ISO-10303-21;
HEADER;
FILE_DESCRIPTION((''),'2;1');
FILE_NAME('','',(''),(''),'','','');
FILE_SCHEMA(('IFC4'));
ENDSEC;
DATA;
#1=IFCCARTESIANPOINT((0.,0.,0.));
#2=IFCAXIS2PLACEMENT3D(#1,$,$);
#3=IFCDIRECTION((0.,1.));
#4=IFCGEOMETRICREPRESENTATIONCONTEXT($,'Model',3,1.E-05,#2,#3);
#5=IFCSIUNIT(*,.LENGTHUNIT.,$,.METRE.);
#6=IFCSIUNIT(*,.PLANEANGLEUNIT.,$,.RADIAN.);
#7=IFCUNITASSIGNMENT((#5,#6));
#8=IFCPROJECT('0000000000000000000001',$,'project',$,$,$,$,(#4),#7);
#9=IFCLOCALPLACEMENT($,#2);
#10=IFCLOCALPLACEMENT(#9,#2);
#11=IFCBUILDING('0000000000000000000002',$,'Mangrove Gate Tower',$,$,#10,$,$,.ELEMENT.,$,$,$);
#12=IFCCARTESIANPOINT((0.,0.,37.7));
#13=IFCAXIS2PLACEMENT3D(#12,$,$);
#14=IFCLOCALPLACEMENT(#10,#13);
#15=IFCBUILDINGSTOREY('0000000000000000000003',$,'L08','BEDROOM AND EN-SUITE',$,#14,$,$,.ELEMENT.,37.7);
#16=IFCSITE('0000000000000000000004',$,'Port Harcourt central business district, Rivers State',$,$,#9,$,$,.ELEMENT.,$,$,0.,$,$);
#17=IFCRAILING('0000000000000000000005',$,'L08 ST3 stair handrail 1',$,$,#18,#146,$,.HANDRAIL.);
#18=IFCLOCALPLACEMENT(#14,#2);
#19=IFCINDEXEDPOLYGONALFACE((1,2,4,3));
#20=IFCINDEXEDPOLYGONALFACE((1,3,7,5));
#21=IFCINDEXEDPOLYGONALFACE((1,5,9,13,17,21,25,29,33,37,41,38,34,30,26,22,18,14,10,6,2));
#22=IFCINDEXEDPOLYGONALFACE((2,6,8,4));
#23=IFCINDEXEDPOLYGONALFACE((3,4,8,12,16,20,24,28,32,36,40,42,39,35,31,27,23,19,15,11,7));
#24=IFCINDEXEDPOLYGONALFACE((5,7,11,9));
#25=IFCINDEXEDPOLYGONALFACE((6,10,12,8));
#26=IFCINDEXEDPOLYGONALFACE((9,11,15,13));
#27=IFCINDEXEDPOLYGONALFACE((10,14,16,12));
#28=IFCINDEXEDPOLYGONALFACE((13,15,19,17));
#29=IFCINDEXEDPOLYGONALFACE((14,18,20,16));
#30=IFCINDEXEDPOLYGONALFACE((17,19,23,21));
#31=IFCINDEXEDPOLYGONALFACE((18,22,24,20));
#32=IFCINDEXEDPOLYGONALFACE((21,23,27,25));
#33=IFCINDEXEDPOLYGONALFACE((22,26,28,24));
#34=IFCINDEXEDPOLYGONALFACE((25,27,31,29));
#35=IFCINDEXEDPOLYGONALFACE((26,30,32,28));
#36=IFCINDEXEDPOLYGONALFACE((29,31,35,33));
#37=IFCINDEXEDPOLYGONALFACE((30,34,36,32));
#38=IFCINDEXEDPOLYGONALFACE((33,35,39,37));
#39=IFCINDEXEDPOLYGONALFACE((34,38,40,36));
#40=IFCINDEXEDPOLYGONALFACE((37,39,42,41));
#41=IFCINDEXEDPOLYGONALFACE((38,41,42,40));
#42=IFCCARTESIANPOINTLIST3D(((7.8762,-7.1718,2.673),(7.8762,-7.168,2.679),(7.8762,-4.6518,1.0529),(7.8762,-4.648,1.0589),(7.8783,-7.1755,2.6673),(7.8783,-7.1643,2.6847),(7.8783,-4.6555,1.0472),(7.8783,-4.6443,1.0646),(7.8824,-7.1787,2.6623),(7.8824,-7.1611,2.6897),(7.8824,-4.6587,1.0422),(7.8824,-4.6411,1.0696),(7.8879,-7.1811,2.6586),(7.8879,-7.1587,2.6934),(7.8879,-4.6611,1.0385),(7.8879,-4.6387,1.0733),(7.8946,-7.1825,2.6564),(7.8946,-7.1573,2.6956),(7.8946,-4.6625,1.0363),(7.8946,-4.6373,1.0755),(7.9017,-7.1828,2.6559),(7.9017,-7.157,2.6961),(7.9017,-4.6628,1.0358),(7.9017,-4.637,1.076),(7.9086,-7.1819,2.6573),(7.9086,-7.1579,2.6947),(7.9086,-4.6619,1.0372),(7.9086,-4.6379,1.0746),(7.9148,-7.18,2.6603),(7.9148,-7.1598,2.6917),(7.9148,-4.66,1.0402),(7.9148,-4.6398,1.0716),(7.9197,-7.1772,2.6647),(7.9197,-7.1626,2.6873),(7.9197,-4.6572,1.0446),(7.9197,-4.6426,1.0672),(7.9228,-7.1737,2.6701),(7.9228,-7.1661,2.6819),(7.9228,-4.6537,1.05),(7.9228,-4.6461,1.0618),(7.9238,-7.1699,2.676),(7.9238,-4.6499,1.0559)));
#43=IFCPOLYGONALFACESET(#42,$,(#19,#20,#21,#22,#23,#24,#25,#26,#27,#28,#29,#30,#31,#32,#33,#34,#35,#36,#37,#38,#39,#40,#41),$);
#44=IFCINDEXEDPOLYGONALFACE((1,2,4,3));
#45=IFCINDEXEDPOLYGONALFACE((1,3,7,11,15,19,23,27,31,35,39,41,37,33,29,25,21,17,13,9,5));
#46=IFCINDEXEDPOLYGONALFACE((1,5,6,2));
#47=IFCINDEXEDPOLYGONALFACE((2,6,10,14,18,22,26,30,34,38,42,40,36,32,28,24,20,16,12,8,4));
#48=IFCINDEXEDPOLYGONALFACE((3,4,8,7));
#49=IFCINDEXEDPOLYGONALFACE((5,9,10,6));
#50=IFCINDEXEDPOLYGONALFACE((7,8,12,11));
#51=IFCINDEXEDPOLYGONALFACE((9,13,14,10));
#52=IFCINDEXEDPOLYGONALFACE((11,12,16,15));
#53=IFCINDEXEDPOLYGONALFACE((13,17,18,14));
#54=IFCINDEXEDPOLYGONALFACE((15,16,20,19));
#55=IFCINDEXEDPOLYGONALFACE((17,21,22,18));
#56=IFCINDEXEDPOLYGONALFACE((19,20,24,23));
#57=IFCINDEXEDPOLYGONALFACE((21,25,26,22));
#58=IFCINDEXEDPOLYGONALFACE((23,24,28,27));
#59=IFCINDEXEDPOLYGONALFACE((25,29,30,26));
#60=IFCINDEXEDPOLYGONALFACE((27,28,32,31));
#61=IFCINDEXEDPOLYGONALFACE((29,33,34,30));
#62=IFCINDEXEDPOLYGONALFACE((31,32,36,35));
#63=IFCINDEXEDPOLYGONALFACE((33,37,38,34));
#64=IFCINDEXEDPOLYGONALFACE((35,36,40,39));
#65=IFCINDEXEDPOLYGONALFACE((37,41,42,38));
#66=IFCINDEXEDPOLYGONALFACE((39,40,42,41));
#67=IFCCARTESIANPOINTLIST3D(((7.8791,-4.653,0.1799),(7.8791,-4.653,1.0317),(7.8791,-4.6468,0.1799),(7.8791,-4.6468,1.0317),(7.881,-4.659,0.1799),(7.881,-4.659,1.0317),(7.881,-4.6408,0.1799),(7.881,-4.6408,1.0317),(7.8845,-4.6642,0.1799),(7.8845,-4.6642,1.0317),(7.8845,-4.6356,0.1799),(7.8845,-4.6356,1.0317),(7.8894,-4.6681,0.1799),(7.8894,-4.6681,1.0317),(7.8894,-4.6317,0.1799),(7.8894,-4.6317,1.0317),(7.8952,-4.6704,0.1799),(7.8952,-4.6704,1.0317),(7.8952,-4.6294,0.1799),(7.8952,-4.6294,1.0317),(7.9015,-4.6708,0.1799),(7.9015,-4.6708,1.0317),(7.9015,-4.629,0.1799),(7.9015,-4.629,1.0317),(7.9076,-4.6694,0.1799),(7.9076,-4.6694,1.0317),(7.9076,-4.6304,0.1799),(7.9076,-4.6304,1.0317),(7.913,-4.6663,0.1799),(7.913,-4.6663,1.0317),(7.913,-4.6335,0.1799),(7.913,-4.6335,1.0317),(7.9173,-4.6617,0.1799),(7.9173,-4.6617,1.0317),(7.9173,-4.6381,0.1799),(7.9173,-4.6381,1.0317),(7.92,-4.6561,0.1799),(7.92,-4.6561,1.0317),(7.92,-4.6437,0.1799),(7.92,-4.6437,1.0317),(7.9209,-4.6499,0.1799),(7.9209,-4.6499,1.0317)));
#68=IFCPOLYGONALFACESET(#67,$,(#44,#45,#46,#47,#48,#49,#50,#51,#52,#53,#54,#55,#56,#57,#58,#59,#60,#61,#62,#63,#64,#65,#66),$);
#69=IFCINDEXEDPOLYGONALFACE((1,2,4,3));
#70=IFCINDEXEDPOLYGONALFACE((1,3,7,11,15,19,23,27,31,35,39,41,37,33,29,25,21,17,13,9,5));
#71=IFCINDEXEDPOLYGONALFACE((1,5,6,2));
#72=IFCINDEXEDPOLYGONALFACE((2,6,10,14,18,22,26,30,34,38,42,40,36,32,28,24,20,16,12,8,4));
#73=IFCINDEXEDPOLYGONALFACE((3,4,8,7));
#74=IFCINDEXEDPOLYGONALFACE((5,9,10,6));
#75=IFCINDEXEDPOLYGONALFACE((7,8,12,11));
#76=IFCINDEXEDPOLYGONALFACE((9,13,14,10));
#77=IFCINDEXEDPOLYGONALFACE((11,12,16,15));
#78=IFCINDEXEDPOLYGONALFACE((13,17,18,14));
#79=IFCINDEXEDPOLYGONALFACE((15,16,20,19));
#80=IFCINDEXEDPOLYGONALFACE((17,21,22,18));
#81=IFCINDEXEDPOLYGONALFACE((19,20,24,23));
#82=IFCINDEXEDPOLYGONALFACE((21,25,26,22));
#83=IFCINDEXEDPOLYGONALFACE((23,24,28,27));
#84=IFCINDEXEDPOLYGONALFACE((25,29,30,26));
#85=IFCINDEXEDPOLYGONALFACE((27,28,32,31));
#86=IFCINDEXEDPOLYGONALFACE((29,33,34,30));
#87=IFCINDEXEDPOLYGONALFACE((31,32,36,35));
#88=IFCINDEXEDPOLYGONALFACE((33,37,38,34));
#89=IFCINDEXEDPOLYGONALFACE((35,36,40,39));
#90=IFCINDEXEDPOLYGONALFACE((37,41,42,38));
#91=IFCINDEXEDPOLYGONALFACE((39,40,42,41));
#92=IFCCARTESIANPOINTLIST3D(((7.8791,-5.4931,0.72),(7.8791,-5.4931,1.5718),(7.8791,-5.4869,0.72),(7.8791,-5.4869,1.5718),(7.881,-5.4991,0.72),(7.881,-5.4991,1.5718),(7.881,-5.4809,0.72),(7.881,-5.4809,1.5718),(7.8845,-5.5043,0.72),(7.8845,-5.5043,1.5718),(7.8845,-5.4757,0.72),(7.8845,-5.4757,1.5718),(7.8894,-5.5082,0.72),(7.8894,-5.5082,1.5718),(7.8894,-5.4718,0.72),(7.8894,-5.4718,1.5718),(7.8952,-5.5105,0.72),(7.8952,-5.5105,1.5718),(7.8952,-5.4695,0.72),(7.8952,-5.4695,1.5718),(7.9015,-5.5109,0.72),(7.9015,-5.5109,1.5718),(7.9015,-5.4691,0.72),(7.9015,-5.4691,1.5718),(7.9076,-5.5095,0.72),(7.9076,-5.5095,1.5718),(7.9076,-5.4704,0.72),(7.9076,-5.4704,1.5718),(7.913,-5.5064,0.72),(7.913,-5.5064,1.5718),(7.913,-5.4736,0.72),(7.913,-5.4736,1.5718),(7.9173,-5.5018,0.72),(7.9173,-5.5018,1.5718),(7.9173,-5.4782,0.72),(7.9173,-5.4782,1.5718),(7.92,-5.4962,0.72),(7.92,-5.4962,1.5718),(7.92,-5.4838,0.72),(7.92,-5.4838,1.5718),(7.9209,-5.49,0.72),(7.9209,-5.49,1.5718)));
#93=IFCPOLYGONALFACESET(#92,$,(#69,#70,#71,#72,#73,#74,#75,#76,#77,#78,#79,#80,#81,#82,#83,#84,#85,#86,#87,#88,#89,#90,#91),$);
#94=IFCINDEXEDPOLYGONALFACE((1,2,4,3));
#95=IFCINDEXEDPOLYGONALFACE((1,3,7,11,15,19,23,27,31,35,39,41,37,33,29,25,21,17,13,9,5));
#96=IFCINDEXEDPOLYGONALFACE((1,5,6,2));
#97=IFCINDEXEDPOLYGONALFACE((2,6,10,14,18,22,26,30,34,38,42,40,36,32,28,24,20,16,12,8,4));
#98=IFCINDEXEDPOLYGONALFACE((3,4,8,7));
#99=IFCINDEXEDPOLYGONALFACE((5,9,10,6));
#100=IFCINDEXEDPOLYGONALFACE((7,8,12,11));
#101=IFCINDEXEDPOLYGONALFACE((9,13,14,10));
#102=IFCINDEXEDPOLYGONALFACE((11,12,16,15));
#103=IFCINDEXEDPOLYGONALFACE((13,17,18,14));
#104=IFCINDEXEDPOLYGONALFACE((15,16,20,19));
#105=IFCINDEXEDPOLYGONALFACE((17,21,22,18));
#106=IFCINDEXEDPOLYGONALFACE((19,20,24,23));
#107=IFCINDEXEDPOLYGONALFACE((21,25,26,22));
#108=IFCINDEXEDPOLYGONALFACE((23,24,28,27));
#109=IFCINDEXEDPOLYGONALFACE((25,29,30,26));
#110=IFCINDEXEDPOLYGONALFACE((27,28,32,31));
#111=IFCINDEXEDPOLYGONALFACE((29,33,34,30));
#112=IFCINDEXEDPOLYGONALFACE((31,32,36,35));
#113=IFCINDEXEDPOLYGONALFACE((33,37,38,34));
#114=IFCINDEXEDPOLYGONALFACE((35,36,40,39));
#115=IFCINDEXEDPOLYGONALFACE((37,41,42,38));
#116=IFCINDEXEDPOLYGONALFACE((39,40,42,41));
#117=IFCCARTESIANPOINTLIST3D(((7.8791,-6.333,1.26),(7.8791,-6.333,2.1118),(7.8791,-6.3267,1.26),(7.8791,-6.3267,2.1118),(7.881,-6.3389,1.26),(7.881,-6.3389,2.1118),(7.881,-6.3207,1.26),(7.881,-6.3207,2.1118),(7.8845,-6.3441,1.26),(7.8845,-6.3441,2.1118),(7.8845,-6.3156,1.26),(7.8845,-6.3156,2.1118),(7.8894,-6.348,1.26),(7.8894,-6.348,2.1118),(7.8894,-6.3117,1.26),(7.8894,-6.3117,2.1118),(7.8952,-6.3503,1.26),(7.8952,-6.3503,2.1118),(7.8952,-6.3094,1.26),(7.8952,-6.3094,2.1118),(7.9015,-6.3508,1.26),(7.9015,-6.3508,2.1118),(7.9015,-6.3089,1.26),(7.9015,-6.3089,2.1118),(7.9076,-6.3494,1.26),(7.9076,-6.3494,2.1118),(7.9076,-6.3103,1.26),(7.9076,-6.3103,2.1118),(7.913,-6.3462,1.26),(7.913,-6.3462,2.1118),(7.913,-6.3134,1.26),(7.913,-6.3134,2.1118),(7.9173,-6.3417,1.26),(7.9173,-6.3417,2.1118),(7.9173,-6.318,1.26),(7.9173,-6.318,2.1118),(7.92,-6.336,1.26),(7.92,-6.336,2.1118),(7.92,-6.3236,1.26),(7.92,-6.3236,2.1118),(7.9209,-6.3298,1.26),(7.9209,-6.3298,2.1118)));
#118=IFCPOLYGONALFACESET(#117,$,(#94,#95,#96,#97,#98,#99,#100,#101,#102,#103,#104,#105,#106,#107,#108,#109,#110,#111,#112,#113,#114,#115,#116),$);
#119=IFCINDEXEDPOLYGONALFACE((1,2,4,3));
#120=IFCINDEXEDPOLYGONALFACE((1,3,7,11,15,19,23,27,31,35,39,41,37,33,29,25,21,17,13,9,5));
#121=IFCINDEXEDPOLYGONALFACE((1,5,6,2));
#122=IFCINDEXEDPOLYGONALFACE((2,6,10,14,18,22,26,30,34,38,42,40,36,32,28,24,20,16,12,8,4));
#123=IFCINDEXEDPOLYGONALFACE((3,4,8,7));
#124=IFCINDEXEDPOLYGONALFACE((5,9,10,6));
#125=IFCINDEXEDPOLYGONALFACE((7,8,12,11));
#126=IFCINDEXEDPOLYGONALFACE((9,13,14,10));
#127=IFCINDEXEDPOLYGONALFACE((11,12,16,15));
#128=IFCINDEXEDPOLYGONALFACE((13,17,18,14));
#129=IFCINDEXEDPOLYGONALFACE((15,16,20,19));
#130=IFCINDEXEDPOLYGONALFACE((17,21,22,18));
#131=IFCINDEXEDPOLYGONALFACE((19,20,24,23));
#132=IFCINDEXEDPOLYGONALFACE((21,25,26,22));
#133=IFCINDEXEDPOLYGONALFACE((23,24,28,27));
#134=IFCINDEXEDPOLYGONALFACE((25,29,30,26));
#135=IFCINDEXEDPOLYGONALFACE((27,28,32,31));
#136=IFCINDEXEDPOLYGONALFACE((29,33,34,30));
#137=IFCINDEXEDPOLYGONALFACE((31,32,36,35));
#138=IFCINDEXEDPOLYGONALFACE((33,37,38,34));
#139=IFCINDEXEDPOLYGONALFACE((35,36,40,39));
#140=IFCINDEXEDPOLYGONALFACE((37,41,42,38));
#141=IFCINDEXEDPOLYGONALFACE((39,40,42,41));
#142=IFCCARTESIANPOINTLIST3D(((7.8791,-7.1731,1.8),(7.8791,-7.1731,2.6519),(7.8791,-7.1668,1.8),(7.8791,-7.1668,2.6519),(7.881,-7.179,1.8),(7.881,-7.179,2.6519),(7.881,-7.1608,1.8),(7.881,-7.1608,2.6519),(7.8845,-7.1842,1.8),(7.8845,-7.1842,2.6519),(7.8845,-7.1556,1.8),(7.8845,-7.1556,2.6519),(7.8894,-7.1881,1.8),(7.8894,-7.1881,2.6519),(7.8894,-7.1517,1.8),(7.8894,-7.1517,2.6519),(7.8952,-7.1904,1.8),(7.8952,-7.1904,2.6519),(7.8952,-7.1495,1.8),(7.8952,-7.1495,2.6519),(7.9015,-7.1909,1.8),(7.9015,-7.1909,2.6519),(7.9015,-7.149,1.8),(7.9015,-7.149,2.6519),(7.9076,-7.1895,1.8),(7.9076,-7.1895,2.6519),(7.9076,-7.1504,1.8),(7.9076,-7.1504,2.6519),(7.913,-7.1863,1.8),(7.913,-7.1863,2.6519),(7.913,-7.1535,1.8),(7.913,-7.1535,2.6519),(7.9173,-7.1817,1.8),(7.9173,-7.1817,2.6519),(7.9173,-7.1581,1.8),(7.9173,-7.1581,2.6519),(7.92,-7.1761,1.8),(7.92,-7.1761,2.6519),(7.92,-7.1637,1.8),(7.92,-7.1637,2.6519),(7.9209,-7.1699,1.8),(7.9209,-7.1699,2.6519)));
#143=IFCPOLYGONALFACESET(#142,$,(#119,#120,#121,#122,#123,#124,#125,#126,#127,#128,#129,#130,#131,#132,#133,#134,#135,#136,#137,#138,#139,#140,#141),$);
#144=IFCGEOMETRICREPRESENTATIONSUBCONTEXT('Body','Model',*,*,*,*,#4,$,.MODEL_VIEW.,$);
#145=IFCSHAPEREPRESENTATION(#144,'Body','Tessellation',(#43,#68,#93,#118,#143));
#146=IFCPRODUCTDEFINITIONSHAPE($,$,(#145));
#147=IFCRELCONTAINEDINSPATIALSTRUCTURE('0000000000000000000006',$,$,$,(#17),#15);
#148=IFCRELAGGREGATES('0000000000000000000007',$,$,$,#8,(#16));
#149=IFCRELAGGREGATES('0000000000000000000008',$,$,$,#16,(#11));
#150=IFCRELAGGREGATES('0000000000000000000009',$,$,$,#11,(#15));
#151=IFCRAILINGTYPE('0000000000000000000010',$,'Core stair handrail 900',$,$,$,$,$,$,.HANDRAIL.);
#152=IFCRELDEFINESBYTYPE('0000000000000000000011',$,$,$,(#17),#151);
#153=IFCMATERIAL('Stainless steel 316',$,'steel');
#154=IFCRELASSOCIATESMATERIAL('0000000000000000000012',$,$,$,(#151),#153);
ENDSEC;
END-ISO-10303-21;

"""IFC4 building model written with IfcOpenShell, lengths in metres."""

from ifc_helpers import new_model, si_unit, direction, frame, origin, origin_2d, place, context, subcontext, project, spatial, circle, extrude, material, type_object, element, save


model = new_model("IFC4")

# Units and contexts
model_context = context("Model", 3, precision=1e-05, world=origin(), true_north=direction((0.0, 1.0)))
body_context = subcontext(model_context, "Body", "Model", "MODEL_VIEW")
ifc_project = project(units=[si_unit("LENGTHUNIT", "METRE"), si_unit("PLANEANGLEUNIT", "RADIAN")], contexts=[model_context])

# Site, building, storey
site_placement = place(None, origin())
site = spatial("IfcSite", under=ifc_project, at=site_placement, Name="Port Harcourt central business district, Rivers State", CompositionType="ELEMENT", RefElevation=0.0)
building_placement = place(site_placement, origin())
building = spatial("IfcBuilding", under=site, at=building_placement, Name="Mangrove Gate Tower", CompositionType="ELEMENT")
storey_placement = place(building_placement, frame((0.0, 0.0, 37.7)))
storey = spatial("IfcBuildingStorey", under=building, at=storey_placement, Name="L08", Description="BEDROOM AND EN-SUITE", CompositionType="ELEMENT", Elevation=37.7)

# Railing
ifc_material_1 = material(Name="Stainless steel 316", Category="steel")
railing_type_1 = type_object("IfcRailingType", Name="Core stair handrail 900", PredefinedType="HANDRAIL", material=ifc_material_1)
railing_1_placement = place(storey_placement, frame((7.8999, -4.6499, 0.1799)))
element("IfcRailing", 1, at=railing_1_placement, inside=storey, type_object=railing_type_1, Name="L08 ST3 stair handrail 1", PredefinedType="HANDRAIL", context=body_context, shape_type="SweptSolid", body=[
    extrude(circle(Radius=0.0239, at=origin_2d()), frame((0.0, 0.0, 0.876), z_axis=(0.0, -0.841163, 0.540782), x_axis=(1.0, 0.0, 0.0)), (0.0, 0.0, 1.0), 2.9958),
    extrude(circle(Radius=0.021, at=origin_2d()), origin(), (0.0, 0.0, 1.0), 0.8518),
    extrude(circle(Radius=0.021, at=origin_2d()), frame((0.0, -0.8401, 0.54)), (0.0, 0.0, 1.0), 0.8518),
    extrude(circle(Radius=0.021, at=origin_2d()), frame((0.0, -1.6799, 1.0801)), (0.0, 0.0, 1.0), 0.8518),
    extrude(circle(Radius=0.021, at=origin_2d()), frame((0.0, -2.52, 1.6201)), (0.0, 0.0, 1.0), 0.8518),
])

save(model, "model.ifc")
